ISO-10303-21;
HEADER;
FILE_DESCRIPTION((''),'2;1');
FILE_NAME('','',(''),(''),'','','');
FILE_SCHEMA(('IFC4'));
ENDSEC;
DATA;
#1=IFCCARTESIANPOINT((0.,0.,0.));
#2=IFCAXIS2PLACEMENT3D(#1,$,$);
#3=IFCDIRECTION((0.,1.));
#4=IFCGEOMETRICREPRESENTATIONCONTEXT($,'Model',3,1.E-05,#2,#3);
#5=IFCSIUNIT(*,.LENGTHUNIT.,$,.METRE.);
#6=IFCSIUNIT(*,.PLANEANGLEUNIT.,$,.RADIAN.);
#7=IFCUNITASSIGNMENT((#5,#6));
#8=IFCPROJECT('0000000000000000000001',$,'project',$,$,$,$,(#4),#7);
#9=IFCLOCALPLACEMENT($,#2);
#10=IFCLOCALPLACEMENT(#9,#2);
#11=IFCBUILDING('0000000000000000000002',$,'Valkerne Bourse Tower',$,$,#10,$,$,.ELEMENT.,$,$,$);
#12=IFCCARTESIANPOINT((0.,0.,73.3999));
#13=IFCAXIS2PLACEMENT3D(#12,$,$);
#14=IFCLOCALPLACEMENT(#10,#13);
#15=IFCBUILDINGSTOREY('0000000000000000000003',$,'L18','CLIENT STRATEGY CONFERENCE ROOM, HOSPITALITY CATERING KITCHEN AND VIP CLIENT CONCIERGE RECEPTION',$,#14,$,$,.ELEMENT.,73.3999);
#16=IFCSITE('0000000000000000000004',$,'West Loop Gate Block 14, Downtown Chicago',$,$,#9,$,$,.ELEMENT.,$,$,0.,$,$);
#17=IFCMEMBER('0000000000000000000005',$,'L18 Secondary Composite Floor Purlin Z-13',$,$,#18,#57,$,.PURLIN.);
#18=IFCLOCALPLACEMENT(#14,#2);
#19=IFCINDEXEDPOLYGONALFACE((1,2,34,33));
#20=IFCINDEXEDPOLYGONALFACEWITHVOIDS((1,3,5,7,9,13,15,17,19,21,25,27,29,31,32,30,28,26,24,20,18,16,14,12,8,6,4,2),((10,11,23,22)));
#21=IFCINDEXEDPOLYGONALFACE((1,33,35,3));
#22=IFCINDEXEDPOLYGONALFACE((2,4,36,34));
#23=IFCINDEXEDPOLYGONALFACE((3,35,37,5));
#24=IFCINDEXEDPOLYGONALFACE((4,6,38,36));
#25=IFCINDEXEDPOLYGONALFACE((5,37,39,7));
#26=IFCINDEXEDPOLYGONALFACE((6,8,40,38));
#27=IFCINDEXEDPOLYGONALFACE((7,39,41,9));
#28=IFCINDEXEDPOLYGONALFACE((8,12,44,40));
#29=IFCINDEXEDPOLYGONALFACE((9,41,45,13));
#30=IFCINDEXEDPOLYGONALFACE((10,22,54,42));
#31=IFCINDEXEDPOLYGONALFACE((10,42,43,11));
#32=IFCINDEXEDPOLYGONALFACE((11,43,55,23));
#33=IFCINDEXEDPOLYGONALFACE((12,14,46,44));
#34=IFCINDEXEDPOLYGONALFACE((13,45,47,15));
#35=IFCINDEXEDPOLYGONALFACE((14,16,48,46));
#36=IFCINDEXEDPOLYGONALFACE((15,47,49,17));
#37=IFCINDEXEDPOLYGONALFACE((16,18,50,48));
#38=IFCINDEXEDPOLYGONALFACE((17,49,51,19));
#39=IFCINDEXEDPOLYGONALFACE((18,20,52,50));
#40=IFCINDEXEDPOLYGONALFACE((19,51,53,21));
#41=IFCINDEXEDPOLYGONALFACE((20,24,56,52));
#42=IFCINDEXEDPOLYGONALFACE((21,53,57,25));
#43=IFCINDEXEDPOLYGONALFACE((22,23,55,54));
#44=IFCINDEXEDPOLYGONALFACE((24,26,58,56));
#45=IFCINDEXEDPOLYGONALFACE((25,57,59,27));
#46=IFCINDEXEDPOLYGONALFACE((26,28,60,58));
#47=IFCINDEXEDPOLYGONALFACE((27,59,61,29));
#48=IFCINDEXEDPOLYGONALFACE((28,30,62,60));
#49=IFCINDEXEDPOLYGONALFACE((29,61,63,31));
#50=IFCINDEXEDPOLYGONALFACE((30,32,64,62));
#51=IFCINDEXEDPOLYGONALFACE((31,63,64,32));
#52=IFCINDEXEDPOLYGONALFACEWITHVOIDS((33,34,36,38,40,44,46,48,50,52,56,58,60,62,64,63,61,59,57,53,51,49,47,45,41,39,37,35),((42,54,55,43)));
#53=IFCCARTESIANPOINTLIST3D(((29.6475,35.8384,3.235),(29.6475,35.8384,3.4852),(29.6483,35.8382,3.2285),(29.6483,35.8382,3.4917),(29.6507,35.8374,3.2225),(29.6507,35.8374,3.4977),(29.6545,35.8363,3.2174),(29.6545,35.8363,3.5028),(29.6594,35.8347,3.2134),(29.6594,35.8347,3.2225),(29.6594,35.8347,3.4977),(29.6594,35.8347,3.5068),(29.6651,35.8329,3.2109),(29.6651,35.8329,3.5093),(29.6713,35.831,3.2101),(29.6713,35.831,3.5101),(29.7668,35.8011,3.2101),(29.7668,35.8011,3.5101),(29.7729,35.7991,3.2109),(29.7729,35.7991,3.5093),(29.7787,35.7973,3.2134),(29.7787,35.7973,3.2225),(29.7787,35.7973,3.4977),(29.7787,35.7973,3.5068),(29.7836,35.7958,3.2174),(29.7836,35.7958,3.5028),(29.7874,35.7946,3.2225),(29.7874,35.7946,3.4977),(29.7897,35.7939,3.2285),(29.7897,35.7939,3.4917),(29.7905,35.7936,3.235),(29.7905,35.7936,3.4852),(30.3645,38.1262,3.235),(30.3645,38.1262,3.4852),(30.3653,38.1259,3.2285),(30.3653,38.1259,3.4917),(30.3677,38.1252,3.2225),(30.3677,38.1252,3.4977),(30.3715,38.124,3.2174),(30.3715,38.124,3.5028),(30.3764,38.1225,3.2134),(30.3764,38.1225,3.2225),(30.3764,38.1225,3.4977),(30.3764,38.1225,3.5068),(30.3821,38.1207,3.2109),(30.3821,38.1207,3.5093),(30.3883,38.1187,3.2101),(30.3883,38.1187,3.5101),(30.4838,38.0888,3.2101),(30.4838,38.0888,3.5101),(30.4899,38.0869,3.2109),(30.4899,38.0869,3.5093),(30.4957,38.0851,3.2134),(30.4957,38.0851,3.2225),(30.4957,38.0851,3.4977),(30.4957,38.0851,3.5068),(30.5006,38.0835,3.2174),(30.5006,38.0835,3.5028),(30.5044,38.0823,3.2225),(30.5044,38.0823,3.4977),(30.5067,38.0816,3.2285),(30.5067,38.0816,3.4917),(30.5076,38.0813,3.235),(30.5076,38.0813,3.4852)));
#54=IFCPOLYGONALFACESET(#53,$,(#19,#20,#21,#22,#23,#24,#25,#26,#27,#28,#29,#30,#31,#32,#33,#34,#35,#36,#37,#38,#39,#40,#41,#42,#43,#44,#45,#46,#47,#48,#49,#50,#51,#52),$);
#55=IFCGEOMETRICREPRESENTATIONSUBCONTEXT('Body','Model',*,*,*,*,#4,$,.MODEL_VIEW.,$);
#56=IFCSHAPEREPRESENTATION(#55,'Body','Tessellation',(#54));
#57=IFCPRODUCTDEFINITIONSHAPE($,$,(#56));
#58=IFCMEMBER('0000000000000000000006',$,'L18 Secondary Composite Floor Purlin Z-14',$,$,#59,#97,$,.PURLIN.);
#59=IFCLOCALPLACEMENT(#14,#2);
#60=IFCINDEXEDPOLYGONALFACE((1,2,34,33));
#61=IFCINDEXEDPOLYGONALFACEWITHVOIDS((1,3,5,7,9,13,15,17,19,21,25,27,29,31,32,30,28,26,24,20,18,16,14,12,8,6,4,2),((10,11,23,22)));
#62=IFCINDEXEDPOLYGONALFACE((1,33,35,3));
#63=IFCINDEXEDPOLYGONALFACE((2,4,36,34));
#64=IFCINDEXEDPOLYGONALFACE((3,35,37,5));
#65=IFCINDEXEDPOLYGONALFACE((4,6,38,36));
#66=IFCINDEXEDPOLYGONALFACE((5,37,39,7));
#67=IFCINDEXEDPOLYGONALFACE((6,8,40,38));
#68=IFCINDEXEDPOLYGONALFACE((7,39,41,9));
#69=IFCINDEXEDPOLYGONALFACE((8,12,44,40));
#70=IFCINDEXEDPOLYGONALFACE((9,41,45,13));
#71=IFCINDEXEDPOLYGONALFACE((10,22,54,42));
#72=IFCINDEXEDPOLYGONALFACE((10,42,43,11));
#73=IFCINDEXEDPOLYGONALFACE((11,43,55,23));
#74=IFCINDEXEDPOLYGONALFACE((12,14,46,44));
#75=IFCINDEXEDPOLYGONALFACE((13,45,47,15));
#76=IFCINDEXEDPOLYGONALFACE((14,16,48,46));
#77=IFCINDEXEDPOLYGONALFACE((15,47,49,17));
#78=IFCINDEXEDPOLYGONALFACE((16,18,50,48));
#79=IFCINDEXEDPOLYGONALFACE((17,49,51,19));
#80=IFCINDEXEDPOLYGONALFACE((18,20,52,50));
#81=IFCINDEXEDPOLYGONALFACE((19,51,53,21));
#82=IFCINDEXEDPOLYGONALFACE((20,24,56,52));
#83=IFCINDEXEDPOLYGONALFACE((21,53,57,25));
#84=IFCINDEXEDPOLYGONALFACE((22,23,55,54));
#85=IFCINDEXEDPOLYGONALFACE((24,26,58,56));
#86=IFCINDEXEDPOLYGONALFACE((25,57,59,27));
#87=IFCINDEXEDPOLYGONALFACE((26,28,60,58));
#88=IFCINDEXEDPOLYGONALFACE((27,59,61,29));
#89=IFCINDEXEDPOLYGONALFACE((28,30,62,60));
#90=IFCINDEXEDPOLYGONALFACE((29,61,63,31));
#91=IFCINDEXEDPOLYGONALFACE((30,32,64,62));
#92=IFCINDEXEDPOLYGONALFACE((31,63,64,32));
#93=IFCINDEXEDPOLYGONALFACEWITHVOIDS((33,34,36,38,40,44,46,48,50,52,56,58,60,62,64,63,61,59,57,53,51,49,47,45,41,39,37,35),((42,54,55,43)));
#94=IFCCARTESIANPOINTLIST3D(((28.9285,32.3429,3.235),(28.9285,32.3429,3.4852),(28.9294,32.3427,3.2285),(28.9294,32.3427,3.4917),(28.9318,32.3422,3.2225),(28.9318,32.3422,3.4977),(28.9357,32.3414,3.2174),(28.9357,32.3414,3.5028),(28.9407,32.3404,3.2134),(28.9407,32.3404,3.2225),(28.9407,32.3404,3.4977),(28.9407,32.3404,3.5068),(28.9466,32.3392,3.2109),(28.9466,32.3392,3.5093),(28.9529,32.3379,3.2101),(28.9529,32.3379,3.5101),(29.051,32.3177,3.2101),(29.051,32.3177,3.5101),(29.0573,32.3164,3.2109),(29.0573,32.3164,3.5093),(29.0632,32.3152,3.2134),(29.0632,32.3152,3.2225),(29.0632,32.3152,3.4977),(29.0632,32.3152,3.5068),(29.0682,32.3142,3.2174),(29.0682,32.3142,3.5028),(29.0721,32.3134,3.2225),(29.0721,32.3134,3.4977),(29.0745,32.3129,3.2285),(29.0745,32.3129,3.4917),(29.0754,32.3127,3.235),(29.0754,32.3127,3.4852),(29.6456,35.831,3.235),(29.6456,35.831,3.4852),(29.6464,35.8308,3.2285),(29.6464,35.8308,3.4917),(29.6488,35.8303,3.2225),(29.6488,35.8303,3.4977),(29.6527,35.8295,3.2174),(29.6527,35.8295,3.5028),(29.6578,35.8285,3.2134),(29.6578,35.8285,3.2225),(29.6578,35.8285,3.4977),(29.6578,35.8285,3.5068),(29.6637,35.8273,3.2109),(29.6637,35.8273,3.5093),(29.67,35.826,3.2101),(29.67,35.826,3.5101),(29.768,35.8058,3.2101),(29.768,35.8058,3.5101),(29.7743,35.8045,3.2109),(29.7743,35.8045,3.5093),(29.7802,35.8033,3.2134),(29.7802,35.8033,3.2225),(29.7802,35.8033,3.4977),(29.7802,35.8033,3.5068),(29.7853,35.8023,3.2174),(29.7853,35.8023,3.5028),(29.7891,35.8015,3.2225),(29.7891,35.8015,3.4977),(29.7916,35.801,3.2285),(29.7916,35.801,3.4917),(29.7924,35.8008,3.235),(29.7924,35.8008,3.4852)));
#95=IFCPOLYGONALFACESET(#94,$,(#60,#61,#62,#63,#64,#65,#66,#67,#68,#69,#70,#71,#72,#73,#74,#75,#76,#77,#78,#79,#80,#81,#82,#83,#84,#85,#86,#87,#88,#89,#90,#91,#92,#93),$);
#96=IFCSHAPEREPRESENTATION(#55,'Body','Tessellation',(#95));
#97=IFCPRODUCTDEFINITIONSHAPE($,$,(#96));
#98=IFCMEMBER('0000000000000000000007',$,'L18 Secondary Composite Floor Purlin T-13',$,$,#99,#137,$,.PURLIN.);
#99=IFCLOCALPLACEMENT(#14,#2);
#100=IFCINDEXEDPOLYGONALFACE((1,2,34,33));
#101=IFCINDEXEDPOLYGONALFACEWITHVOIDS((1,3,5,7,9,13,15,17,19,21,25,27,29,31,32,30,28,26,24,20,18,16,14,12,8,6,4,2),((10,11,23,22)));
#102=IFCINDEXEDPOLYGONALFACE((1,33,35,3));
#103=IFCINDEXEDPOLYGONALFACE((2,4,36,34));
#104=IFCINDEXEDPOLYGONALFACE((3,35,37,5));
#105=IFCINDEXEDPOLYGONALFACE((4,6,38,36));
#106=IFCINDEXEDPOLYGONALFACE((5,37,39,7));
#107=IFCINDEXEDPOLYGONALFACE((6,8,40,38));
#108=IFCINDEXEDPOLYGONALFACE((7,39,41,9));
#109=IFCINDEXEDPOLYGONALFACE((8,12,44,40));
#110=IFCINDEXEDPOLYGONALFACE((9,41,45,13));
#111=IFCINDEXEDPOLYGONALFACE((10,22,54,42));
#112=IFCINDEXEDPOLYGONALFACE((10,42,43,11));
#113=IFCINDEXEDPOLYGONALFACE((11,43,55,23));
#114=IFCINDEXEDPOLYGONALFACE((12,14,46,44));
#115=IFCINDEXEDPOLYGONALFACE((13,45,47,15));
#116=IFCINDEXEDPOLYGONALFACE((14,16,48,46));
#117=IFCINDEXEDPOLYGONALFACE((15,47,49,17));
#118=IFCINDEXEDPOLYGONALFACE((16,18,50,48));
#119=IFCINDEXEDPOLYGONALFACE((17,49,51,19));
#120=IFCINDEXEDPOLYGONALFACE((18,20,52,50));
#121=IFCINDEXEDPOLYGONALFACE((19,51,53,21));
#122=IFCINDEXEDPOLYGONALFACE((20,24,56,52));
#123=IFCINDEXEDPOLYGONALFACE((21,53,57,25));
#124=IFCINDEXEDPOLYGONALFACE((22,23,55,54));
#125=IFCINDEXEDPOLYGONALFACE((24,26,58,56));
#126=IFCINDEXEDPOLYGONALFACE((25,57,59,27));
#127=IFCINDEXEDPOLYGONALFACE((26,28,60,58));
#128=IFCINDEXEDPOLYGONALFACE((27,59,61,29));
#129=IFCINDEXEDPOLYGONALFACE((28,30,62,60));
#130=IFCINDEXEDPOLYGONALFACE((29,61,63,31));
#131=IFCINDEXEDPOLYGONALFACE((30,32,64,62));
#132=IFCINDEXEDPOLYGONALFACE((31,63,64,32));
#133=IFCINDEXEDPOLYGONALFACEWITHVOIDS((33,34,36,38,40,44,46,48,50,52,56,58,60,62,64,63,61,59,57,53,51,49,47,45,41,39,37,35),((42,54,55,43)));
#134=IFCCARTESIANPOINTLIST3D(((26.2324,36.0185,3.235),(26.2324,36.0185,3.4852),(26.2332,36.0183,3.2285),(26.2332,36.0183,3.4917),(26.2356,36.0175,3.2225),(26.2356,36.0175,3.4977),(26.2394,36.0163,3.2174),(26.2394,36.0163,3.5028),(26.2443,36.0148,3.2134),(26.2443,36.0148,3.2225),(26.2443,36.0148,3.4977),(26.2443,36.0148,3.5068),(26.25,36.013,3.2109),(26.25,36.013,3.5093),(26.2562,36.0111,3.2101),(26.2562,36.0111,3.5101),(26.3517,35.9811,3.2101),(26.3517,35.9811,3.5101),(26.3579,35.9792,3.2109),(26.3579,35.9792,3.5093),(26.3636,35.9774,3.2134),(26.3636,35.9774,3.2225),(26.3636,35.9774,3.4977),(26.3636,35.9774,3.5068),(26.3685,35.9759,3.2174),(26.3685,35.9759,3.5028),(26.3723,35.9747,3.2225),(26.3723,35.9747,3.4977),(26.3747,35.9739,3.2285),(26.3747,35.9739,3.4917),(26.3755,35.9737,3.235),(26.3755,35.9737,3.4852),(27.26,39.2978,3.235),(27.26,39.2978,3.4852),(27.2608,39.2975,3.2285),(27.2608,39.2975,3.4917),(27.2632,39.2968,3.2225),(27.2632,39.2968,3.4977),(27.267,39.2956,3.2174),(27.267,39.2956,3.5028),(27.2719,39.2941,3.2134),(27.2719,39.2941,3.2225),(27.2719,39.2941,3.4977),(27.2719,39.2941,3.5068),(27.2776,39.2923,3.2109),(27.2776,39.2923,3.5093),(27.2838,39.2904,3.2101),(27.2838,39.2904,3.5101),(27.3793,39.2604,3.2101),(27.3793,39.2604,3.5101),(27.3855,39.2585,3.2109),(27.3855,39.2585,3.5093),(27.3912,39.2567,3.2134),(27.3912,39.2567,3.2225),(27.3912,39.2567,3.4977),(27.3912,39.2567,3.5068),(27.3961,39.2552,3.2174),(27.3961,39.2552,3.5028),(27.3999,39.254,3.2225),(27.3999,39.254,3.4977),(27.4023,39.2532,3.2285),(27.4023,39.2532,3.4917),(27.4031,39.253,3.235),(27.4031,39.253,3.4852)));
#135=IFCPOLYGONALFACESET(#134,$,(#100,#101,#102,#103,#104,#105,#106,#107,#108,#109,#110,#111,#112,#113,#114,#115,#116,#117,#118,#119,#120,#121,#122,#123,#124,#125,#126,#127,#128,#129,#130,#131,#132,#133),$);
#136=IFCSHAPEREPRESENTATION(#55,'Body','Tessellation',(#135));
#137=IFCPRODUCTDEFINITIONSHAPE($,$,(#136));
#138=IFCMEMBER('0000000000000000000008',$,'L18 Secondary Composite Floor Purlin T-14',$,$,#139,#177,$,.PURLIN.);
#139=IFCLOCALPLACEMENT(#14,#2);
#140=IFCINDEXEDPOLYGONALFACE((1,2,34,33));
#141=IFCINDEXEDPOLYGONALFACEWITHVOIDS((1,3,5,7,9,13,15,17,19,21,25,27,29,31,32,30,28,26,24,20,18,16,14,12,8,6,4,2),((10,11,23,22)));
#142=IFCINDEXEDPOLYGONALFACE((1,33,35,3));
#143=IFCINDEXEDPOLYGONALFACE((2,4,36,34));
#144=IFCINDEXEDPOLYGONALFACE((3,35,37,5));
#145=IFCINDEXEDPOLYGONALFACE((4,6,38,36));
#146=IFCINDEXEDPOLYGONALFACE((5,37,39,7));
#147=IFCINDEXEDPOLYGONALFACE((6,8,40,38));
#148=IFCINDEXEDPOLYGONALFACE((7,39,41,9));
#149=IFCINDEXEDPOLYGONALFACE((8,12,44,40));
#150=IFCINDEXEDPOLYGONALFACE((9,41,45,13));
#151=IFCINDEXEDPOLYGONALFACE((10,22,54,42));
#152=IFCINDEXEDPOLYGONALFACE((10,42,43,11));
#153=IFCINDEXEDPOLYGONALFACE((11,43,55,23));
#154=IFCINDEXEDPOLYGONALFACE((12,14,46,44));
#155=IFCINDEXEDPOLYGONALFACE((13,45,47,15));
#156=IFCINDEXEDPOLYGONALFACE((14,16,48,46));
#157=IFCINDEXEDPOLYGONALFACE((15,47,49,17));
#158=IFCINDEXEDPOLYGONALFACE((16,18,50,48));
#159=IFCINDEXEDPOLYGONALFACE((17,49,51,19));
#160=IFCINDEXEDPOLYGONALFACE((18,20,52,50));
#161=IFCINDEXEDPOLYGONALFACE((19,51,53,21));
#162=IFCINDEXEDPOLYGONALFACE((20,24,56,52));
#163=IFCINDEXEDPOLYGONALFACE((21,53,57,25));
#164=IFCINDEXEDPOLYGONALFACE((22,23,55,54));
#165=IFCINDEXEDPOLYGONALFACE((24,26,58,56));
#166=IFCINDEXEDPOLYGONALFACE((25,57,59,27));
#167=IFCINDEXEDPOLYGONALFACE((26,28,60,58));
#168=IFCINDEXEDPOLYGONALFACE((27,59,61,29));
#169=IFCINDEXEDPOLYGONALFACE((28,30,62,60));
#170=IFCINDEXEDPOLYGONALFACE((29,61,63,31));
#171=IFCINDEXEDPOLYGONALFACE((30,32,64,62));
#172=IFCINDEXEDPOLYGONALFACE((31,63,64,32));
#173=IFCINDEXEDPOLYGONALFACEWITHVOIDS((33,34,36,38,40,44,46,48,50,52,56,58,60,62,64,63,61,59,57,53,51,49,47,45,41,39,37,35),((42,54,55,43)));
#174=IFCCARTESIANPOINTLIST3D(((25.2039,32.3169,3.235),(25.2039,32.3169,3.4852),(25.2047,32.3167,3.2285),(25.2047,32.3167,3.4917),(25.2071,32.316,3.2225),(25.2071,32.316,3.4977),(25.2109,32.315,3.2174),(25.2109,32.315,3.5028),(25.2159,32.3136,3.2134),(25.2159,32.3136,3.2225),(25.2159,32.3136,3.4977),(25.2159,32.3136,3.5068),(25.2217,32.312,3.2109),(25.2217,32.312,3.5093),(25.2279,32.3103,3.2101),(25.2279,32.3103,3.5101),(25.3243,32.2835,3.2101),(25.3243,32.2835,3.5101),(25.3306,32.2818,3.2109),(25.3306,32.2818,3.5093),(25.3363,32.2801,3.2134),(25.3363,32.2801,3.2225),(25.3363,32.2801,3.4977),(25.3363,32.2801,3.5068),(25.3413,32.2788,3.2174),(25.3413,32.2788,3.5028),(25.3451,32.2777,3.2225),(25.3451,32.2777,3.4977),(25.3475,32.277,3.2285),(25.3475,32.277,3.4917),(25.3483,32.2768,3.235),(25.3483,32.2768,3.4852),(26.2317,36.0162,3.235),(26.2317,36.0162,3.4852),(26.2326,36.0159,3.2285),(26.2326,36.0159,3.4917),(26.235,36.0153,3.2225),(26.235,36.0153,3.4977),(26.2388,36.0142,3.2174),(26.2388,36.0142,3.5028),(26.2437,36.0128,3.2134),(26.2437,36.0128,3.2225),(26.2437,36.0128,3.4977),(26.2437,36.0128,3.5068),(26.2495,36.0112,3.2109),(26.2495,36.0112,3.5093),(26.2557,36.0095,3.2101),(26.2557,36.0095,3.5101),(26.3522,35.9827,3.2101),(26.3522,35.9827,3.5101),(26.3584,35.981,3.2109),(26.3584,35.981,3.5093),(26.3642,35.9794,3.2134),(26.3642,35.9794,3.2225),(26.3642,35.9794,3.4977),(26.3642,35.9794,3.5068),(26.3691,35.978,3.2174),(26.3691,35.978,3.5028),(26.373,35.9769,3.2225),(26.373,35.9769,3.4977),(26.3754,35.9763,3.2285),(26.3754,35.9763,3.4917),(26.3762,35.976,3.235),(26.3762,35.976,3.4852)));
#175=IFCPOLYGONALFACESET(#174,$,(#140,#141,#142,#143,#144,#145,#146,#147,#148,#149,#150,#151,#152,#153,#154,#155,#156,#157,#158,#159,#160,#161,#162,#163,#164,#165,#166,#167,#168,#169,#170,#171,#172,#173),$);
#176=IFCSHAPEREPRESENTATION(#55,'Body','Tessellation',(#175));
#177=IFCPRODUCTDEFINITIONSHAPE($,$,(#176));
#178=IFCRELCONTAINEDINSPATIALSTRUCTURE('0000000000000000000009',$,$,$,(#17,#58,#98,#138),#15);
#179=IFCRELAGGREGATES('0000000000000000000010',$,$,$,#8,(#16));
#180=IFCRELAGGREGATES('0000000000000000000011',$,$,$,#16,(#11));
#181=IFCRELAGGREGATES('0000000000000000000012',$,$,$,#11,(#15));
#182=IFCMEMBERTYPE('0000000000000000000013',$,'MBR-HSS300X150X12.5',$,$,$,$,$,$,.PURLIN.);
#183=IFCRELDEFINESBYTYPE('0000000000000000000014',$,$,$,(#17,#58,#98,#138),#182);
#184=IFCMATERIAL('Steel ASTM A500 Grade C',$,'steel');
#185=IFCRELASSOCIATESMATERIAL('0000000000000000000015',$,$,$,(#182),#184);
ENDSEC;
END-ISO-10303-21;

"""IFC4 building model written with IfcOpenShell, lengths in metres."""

from ifc_helpers import new_model, si_unit, direction, frame, origin, origin_2d, place, context, subcontext, project, spatial, hollow_rectangle, extrude, material, material_profile, profile_set, type_object, element, save


model = new_model("IFC4")

# Units and contexts
model_context = context("Model", 3, precision=1e-05, world=origin(), true_north=direction((0.0, 1.0)))
body_context = subcontext(model_context, "Body", "Model", "MODEL_VIEW")
ifc_project = project(units=[si_unit("LENGTHUNIT", "METRE"), si_unit("PLANEANGLEUNIT", "RADIAN")], contexts=[model_context])

# Site, building, storey
site_placement = place(None, origin())
site = spatial("IfcSite", under=ifc_project, at=site_placement, Name="West Loop Gate Block 14, Downtown Chicago", CompositionType="ELEMENT", RefElevation=0.0)
building_placement = place(site_placement, origin())
building = spatial("IfcBuilding", under=site, at=building_placement, Name="Valkerne Bourse Tower", CompositionType="ELEMENT")
storey_placement = place(building_placement, frame((0.0, 0.0, 73.3999)))
storey = spatial("IfcBuildingStorey", under=building, at=storey_placement, Name="L18", Description="CLIENT STRATEGY CONFERENCE ROOM, HOSPITALITY CATERING KITCHEN AND VIP CLIENT CONCIERGE RECEPTION", CompositionType="ELEMENT", Elevation=73.3999)

# Members
ifc_material_1 = material(Name="Steel ASTM A500 Grade C", Category="steel")
ifc_material_profile_1 = material_profile(ifc_material_1, hollow_rectangle(XDim=0.1499, YDim=0.3, WallThickness=0.0125, OuterFilletRadius=0.0249, at=origin_2d()), Name="HSS300X150X12.5")
ifc_profile_set_1 = profile_set([ifc_material_profile_1], Name="Steel ASTM A500 Grade C")
member_type_1 = type_object("IfcMemberType", Name="MBR-HSS300X150X12.5", PredefinedType="PURLIN", material=ifc_profile_set_1)
for number, where, z_axis, x_axis, name in (
    (1, (30.436, 38.1038, 3.3601), (-0.299069, -0.954231, 0.0), (0.954231, -0.299069, 0.0), "L18 Secondary Composite Floor Purlin Z-13"),
):
    element("IfcMember", number, at=place(storey_placement, frame(where, z_axis=z_axis, x_axis=x_axis)), inside=storey, type_object=member_type_1, Name=name, PredefinedType="PURLIN", context=body_context, shape_type="SweptSolid", body=[
        extrude(hollow_rectangle(XDim=0.1499, YDim=0.3, WallThickness=0.0125, OuterFilletRadius=0.0249, at=origin_2d()), origin(), (0.0, 0.0, 1.0), 2.3975),
    ])
member_1_placement = place(storey_placement, frame((29.719, 35.8159, 3.3601), z_axis=(-0.201361, -0.979517, 0.0), x_axis=(0.979517, -0.201361, 0.0)))
element("IfcMember", 2, at=member_1_placement, inside=storey, type_object=member_type_1, Name="L18 Secondary Composite Floor Purlin Z-14", PredefinedType="PURLIN", context=body_context, shape_type="SweptSolid", body=[
    extrude(hollow_rectangle(XDim=0.1499, YDim=0.3, WallThickness=0.0125, OuterFilletRadius=0.0249, at=origin_2d()), origin(), (0.0, 0.0, 1.0), 3.561),
])
member_2_placement = place(storey_placement, frame((27.3315, 39.2754, 3.3601), z_axis=(-0.299019, -0.954247, 0.0), x_axis=(0.954247, -0.299019, 0.0)))
element("IfcMember", 3, at=member_2_placement, inside=storey, type_object=member_type_1, Name="L18 Secondary Composite Floor Purlin T-13", PredefinedType="PURLIN", context=body_context, shape_type="SweptSolid", body=[
    extrude(hollow_rectangle(XDim=0.1499, YDim=0.3, WallThickness=0.0125, OuterFilletRadius=0.0249, at=origin_2d()), origin(), (0.0, 0.0, 1.0), 3.4365),
])
member_3_placement = place(storey_placement, frame((26.304, 35.9961, 3.3601), z_axis=(-0.267709, -0.9635, 0.0), x_axis=(0.9635, -0.267709, 0.0)))
element("IfcMember", 4, at=member_3_placement, inside=storey, type_object=member_type_1, Name="L18 Secondary Composite Floor Purlin T-14", PredefinedType="PURLIN", context=body_context, shape_type="SweptSolid", body=[
    extrude(hollow_rectangle(XDim=0.1499, YDim=0.3, WallThickness=0.0125, OuterFilletRadius=0.0249, at=origin_2d()), origin(), (0.0, 0.0, 1.0), 3.8394),
])

save(model, "model.ifc")
